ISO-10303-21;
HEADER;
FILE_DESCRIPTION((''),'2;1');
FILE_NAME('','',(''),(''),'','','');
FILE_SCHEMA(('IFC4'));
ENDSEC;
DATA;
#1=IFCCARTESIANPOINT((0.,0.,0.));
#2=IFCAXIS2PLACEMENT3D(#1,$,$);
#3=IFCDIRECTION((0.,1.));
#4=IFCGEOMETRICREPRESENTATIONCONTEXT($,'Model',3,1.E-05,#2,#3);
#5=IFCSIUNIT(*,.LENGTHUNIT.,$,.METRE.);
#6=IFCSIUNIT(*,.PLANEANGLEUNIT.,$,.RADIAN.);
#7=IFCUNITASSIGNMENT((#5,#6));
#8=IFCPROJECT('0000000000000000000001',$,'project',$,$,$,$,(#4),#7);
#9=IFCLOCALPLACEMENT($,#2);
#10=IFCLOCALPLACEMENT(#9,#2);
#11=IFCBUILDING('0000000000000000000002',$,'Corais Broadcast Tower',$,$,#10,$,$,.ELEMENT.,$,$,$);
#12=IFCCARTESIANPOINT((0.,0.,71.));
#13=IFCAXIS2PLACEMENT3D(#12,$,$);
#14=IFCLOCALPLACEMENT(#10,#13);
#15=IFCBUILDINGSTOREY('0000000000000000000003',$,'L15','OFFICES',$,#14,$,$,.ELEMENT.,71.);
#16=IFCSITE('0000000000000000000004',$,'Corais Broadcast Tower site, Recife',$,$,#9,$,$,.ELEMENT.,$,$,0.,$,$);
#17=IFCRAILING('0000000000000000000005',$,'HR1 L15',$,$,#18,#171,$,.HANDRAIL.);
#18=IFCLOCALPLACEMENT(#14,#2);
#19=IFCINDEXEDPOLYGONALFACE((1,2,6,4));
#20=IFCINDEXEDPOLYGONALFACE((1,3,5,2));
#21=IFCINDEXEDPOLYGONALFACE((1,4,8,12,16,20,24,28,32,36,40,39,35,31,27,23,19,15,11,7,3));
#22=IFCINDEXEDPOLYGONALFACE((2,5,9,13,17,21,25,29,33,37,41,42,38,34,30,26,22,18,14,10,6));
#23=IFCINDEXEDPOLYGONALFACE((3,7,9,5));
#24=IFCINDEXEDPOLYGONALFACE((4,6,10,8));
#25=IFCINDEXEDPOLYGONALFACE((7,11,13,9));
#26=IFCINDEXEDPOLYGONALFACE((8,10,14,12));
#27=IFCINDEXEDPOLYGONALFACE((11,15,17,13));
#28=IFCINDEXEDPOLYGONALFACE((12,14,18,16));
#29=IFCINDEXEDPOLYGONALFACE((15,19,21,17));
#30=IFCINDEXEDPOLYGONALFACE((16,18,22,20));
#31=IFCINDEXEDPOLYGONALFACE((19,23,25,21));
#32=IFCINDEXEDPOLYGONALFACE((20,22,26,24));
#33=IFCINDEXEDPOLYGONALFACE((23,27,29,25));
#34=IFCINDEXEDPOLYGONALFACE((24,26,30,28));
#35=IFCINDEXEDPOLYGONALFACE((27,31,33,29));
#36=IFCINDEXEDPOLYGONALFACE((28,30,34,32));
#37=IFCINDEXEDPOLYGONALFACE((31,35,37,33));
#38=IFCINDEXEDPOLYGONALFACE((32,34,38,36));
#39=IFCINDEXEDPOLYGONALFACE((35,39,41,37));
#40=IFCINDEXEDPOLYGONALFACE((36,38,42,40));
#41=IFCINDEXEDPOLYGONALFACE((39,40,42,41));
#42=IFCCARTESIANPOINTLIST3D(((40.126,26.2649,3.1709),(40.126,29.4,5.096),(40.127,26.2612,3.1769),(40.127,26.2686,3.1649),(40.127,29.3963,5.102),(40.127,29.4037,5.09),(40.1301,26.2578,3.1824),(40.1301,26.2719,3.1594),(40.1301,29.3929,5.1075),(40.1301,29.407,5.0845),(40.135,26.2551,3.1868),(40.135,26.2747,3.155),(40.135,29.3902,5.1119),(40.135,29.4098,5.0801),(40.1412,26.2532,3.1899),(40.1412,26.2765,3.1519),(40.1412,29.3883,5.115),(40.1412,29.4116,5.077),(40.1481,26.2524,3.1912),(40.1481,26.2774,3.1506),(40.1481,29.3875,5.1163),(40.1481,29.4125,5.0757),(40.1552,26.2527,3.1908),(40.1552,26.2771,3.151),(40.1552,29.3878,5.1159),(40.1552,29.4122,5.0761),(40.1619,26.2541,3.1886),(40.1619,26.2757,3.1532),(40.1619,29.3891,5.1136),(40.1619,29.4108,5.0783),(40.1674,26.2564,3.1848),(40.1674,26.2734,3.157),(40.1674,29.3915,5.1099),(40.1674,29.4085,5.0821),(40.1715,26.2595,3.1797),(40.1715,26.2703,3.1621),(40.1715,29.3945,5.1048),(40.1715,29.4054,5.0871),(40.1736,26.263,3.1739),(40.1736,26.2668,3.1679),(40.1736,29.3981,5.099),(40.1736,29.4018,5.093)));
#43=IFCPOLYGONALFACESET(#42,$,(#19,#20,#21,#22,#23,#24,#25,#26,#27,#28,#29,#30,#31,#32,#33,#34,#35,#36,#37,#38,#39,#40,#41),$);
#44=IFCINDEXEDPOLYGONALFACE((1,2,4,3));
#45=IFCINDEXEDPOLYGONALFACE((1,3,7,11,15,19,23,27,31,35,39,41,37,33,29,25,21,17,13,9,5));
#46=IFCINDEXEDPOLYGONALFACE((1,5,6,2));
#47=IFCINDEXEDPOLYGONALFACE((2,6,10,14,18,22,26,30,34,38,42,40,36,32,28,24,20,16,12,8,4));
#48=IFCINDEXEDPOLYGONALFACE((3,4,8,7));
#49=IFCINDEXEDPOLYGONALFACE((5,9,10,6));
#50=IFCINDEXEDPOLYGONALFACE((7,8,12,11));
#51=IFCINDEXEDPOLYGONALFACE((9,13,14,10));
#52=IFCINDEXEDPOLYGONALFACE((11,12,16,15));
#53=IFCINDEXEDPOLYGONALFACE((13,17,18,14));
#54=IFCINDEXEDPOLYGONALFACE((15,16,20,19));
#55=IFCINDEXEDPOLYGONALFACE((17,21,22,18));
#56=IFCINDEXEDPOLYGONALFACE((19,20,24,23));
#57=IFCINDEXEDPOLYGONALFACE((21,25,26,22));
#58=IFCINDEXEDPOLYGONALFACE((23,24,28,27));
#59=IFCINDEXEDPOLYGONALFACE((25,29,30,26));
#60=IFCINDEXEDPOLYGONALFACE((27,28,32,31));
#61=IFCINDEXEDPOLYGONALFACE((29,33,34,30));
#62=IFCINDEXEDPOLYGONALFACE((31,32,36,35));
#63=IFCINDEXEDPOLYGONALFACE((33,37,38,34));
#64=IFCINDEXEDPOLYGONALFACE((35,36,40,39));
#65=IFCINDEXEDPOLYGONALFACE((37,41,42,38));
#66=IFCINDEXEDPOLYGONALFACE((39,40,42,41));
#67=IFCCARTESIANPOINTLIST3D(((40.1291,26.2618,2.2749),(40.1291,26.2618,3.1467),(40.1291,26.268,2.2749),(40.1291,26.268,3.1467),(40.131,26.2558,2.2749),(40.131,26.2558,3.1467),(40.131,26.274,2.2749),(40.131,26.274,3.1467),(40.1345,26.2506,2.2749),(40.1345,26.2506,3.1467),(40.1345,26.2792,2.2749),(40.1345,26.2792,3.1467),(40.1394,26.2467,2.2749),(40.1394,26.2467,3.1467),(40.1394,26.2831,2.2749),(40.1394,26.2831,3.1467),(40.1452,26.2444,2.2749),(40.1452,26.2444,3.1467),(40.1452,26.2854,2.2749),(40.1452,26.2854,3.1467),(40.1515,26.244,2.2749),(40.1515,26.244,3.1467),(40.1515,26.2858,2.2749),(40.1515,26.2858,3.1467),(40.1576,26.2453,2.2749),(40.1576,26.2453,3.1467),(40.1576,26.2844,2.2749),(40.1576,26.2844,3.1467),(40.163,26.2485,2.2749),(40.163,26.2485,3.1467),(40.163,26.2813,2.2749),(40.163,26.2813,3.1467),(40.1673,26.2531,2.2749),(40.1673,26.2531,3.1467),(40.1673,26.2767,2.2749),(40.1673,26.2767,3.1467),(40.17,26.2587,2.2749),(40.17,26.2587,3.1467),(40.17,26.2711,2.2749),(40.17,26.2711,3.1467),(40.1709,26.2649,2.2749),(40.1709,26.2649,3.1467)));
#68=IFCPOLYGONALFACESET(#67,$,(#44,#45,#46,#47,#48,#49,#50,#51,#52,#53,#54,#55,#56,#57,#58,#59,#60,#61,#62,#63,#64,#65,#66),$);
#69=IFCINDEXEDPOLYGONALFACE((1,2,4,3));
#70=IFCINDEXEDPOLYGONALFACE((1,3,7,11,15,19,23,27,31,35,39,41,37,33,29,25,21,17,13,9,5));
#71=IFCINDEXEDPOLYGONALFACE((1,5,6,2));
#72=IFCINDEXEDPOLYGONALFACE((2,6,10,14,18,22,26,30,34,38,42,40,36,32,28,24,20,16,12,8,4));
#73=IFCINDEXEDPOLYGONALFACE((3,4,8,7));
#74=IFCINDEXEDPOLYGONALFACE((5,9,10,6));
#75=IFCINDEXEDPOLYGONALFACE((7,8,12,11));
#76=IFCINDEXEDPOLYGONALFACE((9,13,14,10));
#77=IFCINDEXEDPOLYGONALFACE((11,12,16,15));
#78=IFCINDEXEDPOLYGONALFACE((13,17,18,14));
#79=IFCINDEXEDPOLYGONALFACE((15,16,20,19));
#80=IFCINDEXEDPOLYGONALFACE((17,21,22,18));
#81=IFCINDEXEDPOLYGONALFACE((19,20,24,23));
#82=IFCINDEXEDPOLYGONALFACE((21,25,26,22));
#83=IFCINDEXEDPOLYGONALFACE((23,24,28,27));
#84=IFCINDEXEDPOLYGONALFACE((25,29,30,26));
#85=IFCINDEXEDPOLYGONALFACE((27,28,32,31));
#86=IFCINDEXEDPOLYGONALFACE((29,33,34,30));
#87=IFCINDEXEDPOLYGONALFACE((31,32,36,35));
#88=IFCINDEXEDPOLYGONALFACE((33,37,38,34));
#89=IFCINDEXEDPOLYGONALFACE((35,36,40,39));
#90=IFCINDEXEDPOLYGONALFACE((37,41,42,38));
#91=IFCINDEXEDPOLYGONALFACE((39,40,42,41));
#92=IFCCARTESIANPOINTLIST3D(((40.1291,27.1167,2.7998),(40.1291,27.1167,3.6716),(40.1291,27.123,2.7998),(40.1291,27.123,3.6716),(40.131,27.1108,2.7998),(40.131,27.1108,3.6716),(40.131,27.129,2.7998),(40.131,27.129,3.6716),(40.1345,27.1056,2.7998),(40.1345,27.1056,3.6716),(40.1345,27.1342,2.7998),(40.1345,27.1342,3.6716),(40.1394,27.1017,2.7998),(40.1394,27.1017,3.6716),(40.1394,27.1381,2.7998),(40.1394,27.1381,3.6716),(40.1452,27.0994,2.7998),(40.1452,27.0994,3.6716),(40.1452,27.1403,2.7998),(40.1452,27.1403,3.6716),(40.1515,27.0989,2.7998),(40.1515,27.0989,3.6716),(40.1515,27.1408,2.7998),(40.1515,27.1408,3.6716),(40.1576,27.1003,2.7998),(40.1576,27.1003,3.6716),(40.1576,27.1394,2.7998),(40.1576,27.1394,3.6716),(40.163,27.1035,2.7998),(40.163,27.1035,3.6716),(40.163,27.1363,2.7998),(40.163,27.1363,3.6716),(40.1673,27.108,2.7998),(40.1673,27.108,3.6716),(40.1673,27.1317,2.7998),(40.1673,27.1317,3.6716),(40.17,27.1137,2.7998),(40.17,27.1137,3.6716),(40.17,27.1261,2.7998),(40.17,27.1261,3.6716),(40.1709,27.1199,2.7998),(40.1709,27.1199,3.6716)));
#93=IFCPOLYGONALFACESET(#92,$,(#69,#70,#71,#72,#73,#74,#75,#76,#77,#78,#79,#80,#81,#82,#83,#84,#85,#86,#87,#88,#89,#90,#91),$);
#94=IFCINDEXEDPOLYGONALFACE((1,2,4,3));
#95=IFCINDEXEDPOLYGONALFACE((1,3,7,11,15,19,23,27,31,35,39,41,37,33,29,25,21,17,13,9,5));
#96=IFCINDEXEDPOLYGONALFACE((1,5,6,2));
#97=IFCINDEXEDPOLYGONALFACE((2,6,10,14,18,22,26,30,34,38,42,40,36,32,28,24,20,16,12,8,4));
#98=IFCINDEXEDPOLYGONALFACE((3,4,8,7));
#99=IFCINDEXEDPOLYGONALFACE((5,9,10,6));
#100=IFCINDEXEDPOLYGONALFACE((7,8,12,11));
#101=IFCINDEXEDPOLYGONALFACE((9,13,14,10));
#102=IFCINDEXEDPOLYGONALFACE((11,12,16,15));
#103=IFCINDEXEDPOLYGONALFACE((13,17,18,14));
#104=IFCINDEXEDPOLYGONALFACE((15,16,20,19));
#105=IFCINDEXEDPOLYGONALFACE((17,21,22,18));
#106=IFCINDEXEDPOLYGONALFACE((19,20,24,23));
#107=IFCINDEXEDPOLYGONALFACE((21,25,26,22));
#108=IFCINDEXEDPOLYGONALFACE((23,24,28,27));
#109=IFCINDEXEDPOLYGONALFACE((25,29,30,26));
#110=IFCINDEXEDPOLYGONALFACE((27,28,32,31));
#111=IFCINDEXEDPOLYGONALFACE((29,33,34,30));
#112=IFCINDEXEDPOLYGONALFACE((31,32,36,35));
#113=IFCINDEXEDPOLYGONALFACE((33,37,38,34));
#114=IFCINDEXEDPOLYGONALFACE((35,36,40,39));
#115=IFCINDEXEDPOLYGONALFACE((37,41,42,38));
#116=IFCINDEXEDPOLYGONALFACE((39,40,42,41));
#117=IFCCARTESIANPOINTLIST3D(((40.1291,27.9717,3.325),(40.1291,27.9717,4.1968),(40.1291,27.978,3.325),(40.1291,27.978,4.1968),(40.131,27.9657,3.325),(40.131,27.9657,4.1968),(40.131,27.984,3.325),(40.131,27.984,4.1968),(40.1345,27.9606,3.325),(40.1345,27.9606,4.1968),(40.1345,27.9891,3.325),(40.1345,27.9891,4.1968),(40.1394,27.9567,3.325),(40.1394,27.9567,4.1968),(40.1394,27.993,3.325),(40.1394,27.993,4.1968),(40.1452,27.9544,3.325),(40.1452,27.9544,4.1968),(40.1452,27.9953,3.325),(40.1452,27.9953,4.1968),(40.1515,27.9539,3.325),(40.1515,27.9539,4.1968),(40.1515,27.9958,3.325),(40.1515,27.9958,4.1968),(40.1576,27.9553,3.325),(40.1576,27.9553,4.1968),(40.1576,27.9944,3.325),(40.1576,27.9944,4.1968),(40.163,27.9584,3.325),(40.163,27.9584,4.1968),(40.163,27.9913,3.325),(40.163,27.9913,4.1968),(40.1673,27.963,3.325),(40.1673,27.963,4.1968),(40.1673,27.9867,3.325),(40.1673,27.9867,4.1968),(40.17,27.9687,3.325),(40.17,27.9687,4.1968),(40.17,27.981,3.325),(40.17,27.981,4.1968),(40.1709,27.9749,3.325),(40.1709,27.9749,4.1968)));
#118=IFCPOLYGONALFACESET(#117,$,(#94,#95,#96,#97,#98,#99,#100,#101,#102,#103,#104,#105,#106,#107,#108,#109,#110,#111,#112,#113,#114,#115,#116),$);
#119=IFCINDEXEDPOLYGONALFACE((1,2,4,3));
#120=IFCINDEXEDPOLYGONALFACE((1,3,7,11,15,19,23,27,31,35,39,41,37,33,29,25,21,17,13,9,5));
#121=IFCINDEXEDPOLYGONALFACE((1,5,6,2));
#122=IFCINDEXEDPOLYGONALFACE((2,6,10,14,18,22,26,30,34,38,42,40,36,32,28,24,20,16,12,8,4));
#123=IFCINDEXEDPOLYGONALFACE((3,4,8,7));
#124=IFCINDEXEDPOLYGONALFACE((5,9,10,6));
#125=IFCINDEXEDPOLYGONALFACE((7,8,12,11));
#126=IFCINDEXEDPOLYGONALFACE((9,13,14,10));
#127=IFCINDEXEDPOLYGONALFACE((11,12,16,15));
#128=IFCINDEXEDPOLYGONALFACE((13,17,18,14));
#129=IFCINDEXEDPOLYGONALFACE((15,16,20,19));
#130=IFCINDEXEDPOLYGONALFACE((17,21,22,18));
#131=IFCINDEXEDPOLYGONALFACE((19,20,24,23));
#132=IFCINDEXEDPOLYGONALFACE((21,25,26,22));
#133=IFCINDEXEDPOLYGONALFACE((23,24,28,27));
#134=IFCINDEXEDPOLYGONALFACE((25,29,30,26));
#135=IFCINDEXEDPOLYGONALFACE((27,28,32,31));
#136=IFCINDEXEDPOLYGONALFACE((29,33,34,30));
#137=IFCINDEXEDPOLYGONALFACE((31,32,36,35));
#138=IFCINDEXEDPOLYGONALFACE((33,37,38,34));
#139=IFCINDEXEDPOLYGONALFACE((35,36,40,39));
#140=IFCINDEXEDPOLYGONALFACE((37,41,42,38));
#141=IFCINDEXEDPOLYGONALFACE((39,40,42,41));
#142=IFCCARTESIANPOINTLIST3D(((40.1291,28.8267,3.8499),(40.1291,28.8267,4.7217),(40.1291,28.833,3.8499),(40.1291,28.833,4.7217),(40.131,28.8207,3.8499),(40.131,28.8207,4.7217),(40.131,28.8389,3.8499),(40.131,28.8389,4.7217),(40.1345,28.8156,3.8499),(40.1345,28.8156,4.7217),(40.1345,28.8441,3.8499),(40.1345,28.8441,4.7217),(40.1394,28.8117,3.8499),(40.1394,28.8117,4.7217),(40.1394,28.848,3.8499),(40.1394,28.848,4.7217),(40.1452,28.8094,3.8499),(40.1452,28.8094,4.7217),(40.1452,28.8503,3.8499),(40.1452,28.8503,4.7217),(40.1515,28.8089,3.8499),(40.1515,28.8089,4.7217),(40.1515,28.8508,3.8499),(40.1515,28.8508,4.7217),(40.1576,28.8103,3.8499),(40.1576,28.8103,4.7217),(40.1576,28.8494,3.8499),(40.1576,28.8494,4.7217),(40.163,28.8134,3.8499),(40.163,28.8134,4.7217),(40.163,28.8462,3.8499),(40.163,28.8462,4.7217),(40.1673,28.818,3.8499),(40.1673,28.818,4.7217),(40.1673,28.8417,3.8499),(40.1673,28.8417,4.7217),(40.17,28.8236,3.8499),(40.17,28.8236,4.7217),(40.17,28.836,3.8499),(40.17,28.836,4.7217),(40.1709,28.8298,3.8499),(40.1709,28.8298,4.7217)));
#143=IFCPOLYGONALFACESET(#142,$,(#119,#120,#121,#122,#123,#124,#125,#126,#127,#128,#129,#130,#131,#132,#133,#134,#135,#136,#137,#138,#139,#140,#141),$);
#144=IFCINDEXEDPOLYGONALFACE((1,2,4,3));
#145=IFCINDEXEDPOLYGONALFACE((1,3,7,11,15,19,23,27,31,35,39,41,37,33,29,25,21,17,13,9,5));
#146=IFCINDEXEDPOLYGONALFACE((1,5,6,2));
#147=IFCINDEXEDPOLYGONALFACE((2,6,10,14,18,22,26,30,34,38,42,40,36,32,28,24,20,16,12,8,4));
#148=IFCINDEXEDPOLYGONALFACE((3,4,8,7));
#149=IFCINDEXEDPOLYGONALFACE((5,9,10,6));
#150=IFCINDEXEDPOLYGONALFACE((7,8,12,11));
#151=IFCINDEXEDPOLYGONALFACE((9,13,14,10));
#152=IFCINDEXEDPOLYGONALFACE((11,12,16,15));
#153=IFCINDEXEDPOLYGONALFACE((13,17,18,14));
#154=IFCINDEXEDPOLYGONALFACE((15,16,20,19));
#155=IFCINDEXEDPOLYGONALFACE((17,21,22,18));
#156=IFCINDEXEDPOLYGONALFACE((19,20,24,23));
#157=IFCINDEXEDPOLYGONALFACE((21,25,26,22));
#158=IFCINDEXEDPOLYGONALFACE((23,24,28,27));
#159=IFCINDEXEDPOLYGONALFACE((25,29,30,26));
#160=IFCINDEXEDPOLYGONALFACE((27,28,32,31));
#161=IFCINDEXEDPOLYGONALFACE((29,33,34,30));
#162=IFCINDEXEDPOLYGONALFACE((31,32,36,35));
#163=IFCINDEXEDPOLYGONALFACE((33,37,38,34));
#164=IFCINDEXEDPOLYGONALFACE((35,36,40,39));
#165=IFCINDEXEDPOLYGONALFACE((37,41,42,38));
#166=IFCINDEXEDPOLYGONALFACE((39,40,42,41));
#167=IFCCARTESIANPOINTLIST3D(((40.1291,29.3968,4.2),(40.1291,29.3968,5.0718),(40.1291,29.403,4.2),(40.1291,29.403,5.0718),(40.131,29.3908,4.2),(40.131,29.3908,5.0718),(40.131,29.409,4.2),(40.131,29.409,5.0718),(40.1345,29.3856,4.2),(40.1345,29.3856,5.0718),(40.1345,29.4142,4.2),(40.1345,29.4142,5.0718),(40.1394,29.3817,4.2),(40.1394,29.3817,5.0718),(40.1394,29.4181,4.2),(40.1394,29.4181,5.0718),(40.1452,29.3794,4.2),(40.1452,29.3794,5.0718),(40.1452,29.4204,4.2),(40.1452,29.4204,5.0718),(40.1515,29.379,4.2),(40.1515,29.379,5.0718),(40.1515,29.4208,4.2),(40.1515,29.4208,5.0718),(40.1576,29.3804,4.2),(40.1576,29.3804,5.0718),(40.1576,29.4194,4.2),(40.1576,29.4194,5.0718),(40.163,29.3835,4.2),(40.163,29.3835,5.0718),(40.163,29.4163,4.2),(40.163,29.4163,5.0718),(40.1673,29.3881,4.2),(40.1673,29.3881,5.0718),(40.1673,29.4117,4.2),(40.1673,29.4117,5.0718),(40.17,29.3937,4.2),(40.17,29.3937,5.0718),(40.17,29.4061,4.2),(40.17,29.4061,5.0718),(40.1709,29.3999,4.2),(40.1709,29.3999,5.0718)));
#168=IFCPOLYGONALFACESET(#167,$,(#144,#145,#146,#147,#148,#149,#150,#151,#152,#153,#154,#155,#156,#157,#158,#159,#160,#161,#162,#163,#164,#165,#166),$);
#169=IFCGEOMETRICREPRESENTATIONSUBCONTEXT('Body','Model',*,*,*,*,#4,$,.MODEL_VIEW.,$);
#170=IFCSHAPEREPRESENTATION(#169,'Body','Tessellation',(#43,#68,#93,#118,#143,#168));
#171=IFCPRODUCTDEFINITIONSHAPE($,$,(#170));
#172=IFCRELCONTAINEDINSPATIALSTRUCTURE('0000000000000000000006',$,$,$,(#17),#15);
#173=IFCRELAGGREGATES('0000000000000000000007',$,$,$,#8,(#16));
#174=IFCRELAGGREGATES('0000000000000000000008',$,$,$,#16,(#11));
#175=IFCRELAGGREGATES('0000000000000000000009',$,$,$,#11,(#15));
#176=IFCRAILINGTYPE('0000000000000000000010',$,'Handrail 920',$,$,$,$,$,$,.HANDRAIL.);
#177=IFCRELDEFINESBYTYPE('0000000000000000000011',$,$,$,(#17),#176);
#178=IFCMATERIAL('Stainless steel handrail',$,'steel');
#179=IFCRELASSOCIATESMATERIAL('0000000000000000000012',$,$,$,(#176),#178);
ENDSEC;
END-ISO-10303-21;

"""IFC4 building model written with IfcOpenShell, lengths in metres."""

from ifc_helpers import new_model, si_unit, direction, frame, origin, origin_2d, place, context, subcontext, project, spatial, circle, extrude, material, type_object, element, save


model = new_model("IFC4")

# Units and contexts
model_context = context("Model", 3, precision=1e-05, world=origin(), true_north=direction((0.0, 1.0)))
body_context = subcontext(model_context, "Body", "Model", "MODEL_VIEW")
ifc_project = project(units=[si_unit("LENGTHUNIT", "METRE"), si_unit("PLANEANGLEUNIT", "RADIAN")], contexts=[model_context])

# Site, building, storey
site_placement = place(None, origin())
site = spatial("IfcSite", under=ifc_project, at=site_placement, Name="Corais Broadcast Tower site, Recife", CompositionType="ELEMENT", RefElevation=0.0)
building_placement = place(site_placement, origin())
building = spatial("IfcBuilding", under=site, at=building_placement, Name="Corais Broadcast Tower", CompositionType="ELEMENT")
storey_placement = place(building_placement, frame((0.0, 0.0, 71.0)))
storey = spatial("IfcBuildingStorey", under=building, at=storey_placement, Name="L15", Description="OFFICES", CompositionType="ELEMENT", Elevation=71.0)

# Railing
ifc_material_1 = material(Name="Stainless steel handrail", Category="steel")
railing_type = type_object("IfcRailingType", Name="Handrail 920", PredefinedType="HANDRAIL", material=ifc_material_1)
for number, where, name in (
    (1, (40.1499, 26.2649, 2.2749), "HR1 L15"),
):
    element("IfcRailing", number, at=place(storey_placement, frame(where)), inside=storey, type_object=railing_type, Name=name, PredefinedType="HANDRAIL", context=body_context, shape_type="SweptSolid", body=[
        extrude(circle(Radius=0.0239, at=origin_2d()), frame((0.0, 0.0, 0.896), z_axis=(0.0, 0.852166, 0.523271), x_axis=(-1.0, 0.0, 0.0)), (0.0, 0.0, 1.0), 3.679),
        extrude(circle(Radius=0.021, at=origin_2d()), origin(), (0.0, 0.0, 1.0), 0.8718),
        extrude(circle(Radius=0.021, at=origin_2d()), frame((0.0, 0.855, 0.5249)), (0.0, 0.0, 1.0), 0.8718),
        extrude(circle(Radius=0.021, at=origin_2d()), frame((0.0, 1.71, 1.05)), (0.0, 0.0, 1.0), 0.8718),
        extrude(circle(Radius=0.021, at=origin_2d()), frame((0.0, 2.5649, 1.575)), (0.0, 0.0, 1.0), 0.8718),
        extrude(circle(Radius=0.021, at=origin_2d()), frame((0.0, 3.135, 1.925)), (0.0, 0.0, 1.0), 0.8718),
    ])

save(model, "model.ifc")
